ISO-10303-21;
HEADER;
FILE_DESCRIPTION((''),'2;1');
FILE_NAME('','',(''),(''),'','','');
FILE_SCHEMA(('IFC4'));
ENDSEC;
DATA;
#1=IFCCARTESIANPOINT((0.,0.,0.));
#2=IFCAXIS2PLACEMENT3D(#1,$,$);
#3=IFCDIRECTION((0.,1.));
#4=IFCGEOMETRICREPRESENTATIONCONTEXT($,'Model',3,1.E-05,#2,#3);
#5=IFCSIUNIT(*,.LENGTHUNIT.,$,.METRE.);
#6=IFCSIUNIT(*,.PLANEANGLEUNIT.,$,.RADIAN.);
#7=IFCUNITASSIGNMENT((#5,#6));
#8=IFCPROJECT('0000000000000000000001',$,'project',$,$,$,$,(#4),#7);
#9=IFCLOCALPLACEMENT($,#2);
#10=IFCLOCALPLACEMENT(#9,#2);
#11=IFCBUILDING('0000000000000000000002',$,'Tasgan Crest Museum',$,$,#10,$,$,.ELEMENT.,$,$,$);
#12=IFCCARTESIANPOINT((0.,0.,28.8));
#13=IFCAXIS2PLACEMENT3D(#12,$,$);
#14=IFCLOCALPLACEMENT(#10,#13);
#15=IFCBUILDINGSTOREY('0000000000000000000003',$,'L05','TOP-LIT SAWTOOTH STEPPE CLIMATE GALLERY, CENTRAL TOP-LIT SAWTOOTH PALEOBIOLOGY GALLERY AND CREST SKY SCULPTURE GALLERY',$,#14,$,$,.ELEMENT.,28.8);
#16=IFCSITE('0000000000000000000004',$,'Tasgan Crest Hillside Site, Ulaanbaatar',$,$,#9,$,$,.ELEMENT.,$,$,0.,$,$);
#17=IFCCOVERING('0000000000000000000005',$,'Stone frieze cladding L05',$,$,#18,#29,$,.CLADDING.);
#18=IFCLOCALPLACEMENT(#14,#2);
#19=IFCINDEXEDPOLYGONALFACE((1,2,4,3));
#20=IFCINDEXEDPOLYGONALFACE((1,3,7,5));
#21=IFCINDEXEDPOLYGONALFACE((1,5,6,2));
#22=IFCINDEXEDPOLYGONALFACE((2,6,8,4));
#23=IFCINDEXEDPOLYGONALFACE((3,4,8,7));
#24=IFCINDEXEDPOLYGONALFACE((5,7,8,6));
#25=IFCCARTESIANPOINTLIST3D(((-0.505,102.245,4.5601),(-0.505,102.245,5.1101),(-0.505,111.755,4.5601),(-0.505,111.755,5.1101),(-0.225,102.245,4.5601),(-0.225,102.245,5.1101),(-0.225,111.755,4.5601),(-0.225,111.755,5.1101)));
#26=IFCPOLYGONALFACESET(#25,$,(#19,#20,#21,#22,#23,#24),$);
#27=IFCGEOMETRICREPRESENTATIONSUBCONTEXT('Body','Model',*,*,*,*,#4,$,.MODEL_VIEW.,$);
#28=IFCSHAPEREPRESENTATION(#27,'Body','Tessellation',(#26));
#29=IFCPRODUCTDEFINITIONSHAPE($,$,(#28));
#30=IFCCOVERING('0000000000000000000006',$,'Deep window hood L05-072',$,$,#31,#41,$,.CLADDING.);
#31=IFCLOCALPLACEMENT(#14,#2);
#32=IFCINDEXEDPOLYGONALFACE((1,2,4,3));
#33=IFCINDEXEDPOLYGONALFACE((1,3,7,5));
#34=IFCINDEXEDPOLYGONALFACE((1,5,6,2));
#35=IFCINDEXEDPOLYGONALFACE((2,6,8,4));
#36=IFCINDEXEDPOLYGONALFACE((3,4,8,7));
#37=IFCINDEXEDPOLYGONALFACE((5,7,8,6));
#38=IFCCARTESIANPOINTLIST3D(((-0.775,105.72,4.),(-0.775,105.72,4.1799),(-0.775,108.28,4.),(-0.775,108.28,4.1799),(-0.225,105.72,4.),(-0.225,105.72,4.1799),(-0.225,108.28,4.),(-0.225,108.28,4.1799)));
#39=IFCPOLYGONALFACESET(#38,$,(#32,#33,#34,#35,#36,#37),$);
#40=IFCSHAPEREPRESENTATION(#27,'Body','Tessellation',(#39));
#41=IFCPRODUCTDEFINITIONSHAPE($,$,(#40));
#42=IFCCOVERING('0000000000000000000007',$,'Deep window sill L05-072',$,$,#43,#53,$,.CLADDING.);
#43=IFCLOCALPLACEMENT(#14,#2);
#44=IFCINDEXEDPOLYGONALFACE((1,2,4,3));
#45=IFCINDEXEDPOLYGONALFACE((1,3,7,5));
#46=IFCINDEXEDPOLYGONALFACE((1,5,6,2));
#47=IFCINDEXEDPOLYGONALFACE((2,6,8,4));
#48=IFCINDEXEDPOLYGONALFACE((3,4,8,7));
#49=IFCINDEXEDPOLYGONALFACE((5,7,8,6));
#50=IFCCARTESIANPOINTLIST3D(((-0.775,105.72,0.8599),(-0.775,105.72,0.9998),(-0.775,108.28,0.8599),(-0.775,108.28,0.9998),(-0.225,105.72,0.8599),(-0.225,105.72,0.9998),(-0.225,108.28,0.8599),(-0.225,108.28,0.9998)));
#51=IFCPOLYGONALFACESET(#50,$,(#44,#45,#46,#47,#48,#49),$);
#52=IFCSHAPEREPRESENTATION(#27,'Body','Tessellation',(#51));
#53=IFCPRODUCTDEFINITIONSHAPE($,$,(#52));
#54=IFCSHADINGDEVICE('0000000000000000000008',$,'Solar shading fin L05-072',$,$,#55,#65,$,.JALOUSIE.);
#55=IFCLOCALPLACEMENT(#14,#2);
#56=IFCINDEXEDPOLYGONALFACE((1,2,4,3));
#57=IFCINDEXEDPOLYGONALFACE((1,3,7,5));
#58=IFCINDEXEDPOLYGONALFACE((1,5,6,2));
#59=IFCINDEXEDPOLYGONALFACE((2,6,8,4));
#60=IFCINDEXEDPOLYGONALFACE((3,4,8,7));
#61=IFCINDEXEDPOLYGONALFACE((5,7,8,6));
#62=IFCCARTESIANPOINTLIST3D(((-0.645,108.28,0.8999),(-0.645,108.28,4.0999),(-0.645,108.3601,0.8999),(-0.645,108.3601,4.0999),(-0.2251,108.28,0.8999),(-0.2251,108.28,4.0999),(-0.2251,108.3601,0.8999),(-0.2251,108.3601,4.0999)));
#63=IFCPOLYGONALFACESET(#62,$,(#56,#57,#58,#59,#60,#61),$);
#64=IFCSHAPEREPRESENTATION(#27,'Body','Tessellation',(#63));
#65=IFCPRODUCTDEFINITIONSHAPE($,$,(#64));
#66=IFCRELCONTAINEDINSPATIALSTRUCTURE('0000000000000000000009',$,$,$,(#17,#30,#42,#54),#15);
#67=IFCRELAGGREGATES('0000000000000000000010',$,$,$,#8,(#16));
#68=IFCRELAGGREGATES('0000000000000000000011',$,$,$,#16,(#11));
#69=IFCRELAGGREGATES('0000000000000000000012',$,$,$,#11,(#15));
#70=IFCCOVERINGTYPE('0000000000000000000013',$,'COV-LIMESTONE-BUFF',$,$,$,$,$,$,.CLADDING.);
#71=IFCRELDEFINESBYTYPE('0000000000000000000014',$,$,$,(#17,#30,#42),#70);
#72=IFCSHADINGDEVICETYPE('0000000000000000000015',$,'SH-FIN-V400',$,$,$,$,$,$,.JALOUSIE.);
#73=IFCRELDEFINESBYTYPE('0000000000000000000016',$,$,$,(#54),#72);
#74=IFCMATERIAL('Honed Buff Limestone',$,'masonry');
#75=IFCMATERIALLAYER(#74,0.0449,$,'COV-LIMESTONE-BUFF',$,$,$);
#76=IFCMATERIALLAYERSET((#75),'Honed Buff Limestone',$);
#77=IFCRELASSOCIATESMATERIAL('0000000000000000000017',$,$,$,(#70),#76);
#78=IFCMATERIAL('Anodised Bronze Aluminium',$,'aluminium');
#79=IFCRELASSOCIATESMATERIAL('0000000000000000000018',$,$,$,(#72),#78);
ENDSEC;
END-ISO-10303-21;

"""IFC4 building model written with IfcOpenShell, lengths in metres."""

from ifc_helpers import new_model, si_unit, direction, frame, origin, origin_2d, place, context, subcontext, project, spatial, rectangle, extrude, material, layer, layer_set, type_object, element, save


model = new_model("IFC4")

# Units and contexts
model_context = context("Model", 3, precision=1e-05, world=origin(), true_north=direction((0.0, 1.0)))
body_context = subcontext(model_context, "Body", "Model", "MODEL_VIEW")
ifc_project = project(units=[si_unit("LENGTHUNIT", "METRE"), si_unit("PLANEANGLEUNIT", "RADIAN")], contexts=[model_context])

# Site, building, storey
site_placement = place(None, origin())
site = spatial("IfcSite", under=ifc_project, at=site_placement, Name="Tasgan Crest Hillside Site, Ulaanbaatar", CompositionType="ELEMENT", RefElevation=0.0)
building_placement = place(site_placement, origin())
building = spatial("IfcBuilding", under=site, at=building_placement, Name="Tasgan Crest Museum", CompositionType="ELEMENT")
storey_placement = place(building_placement, frame((0.0, 0.0, 28.8)))
storey = spatial("IfcBuildingStorey", under=building, at=storey_placement, Name="L05", Description="TOP-LIT SAWTOOTH STEPPE CLIMATE GALLERY, CENTRAL TOP-LIT SAWTOOTH PALEOBIOLOGY GALLERY AND CREST SKY SCULPTURE GALLERY", CompositionType="ELEMENT", Elevation=28.8)

# Coverings
ifc_material_1 = material(Name="Honed Buff Limestone", Category="masonry")
ifc_layer_1 = layer(ifc_material_1, 0.0449, Name="COV-LIMESTONE-BUFF")
ifc_layer_set_1 = layer_set([ifc_layer_1], Name="Honed Buff Limestone")
covering_type_1 = type_object("IfcCoveringType", Name="COV-LIMESTONE-BUFF", PredefinedType="CLADDING", material=ifc_layer_set_1)
covering_1_placement = place(storey_placement, frame((-0.365, 107.0, 4.5601), z_axis=(0.0, 0.0, 1.0), x_axis=(0.0, -1.0, 0.0)))
element("IfcCovering", 1, at=covering_1_placement, inside=storey, type_object=covering_type_1, Name="Stone frieze cladding L05", PredefinedType="CLADDING", context=body_context, shape_type="SweptSolid", body=[
    extrude(rectangle(XDim=9.51, YDim=0.28, at=origin_2d()), origin(), (0.0, 0.0, 1.0), 0.55),
])
covering_2_placement = place(storey_placement, frame((-0.5, 107.0, 4.0), z_axis=(0.0, 0.0, 1.0), x_axis=(0.0, -1.0, 0.0)))
element("IfcCovering", 2, at=covering_2_placement, inside=storey, type_object=covering_type_1, Name="Deep window hood L05-072", PredefinedType="CLADDING", context=body_context, shape_type="SweptSolid", body=[
    extrude(rectangle(XDim=2.5601, YDim=0.55, at=origin_2d()), origin(), (0.0, 0.0, 1.0), 0.1799),
])
covering_3_placement = place(storey_placement, frame((-0.5, 107.0, 0.8599), z_axis=(0.0, 0.0, 1.0), x_axis=(0.0, -1.0, 0.0)))
element("IfcCovering", 3, at=covering_3_placement, inside=storey, type_object=covering_type_1, Name="Deep window sill L05-072", PredefinedType="CLADDING", context=body_context, shape_type="SweptSolid", body=[
    extrude(rectangle(XDim=2.5601, YDim=0.55, at=origin_2d()), origin(), (0.0, 0.0, 1.0), 0.1399),
])

# Shading device
ifc_material_2 = material(Name="Anodised Bronze Aluminium", Category="aluminium")
shading_device_type = type_object("IfcShadingDeviceType", Name="SH-FIN-V400", PredefinedType="JALOUSIE", material=ifc_material_2)
shading_device_placement = place(storey_placement, frame((-0.4351, 108.3201, 0.8999), z_axis=(0.0, 0.0, 1.0), x_axis=(0.0, -1.0, 0.0)))
element("IfcShadingDevice", 4, at=shading_device_placement, inside=storey, type_object=shading_device_type, Name="Solar shading fin L05-072", PredefinedType="JALOUSIE", context=body_context, shape_type="SweptSolid", body=[
    extrude(rectangle(XDim=0.0801, YDim=0.4199, at=origin_2d()), origin(), (0.0, 0.0, 1.0), 3.2),
])

save(model, "model.ifc")
